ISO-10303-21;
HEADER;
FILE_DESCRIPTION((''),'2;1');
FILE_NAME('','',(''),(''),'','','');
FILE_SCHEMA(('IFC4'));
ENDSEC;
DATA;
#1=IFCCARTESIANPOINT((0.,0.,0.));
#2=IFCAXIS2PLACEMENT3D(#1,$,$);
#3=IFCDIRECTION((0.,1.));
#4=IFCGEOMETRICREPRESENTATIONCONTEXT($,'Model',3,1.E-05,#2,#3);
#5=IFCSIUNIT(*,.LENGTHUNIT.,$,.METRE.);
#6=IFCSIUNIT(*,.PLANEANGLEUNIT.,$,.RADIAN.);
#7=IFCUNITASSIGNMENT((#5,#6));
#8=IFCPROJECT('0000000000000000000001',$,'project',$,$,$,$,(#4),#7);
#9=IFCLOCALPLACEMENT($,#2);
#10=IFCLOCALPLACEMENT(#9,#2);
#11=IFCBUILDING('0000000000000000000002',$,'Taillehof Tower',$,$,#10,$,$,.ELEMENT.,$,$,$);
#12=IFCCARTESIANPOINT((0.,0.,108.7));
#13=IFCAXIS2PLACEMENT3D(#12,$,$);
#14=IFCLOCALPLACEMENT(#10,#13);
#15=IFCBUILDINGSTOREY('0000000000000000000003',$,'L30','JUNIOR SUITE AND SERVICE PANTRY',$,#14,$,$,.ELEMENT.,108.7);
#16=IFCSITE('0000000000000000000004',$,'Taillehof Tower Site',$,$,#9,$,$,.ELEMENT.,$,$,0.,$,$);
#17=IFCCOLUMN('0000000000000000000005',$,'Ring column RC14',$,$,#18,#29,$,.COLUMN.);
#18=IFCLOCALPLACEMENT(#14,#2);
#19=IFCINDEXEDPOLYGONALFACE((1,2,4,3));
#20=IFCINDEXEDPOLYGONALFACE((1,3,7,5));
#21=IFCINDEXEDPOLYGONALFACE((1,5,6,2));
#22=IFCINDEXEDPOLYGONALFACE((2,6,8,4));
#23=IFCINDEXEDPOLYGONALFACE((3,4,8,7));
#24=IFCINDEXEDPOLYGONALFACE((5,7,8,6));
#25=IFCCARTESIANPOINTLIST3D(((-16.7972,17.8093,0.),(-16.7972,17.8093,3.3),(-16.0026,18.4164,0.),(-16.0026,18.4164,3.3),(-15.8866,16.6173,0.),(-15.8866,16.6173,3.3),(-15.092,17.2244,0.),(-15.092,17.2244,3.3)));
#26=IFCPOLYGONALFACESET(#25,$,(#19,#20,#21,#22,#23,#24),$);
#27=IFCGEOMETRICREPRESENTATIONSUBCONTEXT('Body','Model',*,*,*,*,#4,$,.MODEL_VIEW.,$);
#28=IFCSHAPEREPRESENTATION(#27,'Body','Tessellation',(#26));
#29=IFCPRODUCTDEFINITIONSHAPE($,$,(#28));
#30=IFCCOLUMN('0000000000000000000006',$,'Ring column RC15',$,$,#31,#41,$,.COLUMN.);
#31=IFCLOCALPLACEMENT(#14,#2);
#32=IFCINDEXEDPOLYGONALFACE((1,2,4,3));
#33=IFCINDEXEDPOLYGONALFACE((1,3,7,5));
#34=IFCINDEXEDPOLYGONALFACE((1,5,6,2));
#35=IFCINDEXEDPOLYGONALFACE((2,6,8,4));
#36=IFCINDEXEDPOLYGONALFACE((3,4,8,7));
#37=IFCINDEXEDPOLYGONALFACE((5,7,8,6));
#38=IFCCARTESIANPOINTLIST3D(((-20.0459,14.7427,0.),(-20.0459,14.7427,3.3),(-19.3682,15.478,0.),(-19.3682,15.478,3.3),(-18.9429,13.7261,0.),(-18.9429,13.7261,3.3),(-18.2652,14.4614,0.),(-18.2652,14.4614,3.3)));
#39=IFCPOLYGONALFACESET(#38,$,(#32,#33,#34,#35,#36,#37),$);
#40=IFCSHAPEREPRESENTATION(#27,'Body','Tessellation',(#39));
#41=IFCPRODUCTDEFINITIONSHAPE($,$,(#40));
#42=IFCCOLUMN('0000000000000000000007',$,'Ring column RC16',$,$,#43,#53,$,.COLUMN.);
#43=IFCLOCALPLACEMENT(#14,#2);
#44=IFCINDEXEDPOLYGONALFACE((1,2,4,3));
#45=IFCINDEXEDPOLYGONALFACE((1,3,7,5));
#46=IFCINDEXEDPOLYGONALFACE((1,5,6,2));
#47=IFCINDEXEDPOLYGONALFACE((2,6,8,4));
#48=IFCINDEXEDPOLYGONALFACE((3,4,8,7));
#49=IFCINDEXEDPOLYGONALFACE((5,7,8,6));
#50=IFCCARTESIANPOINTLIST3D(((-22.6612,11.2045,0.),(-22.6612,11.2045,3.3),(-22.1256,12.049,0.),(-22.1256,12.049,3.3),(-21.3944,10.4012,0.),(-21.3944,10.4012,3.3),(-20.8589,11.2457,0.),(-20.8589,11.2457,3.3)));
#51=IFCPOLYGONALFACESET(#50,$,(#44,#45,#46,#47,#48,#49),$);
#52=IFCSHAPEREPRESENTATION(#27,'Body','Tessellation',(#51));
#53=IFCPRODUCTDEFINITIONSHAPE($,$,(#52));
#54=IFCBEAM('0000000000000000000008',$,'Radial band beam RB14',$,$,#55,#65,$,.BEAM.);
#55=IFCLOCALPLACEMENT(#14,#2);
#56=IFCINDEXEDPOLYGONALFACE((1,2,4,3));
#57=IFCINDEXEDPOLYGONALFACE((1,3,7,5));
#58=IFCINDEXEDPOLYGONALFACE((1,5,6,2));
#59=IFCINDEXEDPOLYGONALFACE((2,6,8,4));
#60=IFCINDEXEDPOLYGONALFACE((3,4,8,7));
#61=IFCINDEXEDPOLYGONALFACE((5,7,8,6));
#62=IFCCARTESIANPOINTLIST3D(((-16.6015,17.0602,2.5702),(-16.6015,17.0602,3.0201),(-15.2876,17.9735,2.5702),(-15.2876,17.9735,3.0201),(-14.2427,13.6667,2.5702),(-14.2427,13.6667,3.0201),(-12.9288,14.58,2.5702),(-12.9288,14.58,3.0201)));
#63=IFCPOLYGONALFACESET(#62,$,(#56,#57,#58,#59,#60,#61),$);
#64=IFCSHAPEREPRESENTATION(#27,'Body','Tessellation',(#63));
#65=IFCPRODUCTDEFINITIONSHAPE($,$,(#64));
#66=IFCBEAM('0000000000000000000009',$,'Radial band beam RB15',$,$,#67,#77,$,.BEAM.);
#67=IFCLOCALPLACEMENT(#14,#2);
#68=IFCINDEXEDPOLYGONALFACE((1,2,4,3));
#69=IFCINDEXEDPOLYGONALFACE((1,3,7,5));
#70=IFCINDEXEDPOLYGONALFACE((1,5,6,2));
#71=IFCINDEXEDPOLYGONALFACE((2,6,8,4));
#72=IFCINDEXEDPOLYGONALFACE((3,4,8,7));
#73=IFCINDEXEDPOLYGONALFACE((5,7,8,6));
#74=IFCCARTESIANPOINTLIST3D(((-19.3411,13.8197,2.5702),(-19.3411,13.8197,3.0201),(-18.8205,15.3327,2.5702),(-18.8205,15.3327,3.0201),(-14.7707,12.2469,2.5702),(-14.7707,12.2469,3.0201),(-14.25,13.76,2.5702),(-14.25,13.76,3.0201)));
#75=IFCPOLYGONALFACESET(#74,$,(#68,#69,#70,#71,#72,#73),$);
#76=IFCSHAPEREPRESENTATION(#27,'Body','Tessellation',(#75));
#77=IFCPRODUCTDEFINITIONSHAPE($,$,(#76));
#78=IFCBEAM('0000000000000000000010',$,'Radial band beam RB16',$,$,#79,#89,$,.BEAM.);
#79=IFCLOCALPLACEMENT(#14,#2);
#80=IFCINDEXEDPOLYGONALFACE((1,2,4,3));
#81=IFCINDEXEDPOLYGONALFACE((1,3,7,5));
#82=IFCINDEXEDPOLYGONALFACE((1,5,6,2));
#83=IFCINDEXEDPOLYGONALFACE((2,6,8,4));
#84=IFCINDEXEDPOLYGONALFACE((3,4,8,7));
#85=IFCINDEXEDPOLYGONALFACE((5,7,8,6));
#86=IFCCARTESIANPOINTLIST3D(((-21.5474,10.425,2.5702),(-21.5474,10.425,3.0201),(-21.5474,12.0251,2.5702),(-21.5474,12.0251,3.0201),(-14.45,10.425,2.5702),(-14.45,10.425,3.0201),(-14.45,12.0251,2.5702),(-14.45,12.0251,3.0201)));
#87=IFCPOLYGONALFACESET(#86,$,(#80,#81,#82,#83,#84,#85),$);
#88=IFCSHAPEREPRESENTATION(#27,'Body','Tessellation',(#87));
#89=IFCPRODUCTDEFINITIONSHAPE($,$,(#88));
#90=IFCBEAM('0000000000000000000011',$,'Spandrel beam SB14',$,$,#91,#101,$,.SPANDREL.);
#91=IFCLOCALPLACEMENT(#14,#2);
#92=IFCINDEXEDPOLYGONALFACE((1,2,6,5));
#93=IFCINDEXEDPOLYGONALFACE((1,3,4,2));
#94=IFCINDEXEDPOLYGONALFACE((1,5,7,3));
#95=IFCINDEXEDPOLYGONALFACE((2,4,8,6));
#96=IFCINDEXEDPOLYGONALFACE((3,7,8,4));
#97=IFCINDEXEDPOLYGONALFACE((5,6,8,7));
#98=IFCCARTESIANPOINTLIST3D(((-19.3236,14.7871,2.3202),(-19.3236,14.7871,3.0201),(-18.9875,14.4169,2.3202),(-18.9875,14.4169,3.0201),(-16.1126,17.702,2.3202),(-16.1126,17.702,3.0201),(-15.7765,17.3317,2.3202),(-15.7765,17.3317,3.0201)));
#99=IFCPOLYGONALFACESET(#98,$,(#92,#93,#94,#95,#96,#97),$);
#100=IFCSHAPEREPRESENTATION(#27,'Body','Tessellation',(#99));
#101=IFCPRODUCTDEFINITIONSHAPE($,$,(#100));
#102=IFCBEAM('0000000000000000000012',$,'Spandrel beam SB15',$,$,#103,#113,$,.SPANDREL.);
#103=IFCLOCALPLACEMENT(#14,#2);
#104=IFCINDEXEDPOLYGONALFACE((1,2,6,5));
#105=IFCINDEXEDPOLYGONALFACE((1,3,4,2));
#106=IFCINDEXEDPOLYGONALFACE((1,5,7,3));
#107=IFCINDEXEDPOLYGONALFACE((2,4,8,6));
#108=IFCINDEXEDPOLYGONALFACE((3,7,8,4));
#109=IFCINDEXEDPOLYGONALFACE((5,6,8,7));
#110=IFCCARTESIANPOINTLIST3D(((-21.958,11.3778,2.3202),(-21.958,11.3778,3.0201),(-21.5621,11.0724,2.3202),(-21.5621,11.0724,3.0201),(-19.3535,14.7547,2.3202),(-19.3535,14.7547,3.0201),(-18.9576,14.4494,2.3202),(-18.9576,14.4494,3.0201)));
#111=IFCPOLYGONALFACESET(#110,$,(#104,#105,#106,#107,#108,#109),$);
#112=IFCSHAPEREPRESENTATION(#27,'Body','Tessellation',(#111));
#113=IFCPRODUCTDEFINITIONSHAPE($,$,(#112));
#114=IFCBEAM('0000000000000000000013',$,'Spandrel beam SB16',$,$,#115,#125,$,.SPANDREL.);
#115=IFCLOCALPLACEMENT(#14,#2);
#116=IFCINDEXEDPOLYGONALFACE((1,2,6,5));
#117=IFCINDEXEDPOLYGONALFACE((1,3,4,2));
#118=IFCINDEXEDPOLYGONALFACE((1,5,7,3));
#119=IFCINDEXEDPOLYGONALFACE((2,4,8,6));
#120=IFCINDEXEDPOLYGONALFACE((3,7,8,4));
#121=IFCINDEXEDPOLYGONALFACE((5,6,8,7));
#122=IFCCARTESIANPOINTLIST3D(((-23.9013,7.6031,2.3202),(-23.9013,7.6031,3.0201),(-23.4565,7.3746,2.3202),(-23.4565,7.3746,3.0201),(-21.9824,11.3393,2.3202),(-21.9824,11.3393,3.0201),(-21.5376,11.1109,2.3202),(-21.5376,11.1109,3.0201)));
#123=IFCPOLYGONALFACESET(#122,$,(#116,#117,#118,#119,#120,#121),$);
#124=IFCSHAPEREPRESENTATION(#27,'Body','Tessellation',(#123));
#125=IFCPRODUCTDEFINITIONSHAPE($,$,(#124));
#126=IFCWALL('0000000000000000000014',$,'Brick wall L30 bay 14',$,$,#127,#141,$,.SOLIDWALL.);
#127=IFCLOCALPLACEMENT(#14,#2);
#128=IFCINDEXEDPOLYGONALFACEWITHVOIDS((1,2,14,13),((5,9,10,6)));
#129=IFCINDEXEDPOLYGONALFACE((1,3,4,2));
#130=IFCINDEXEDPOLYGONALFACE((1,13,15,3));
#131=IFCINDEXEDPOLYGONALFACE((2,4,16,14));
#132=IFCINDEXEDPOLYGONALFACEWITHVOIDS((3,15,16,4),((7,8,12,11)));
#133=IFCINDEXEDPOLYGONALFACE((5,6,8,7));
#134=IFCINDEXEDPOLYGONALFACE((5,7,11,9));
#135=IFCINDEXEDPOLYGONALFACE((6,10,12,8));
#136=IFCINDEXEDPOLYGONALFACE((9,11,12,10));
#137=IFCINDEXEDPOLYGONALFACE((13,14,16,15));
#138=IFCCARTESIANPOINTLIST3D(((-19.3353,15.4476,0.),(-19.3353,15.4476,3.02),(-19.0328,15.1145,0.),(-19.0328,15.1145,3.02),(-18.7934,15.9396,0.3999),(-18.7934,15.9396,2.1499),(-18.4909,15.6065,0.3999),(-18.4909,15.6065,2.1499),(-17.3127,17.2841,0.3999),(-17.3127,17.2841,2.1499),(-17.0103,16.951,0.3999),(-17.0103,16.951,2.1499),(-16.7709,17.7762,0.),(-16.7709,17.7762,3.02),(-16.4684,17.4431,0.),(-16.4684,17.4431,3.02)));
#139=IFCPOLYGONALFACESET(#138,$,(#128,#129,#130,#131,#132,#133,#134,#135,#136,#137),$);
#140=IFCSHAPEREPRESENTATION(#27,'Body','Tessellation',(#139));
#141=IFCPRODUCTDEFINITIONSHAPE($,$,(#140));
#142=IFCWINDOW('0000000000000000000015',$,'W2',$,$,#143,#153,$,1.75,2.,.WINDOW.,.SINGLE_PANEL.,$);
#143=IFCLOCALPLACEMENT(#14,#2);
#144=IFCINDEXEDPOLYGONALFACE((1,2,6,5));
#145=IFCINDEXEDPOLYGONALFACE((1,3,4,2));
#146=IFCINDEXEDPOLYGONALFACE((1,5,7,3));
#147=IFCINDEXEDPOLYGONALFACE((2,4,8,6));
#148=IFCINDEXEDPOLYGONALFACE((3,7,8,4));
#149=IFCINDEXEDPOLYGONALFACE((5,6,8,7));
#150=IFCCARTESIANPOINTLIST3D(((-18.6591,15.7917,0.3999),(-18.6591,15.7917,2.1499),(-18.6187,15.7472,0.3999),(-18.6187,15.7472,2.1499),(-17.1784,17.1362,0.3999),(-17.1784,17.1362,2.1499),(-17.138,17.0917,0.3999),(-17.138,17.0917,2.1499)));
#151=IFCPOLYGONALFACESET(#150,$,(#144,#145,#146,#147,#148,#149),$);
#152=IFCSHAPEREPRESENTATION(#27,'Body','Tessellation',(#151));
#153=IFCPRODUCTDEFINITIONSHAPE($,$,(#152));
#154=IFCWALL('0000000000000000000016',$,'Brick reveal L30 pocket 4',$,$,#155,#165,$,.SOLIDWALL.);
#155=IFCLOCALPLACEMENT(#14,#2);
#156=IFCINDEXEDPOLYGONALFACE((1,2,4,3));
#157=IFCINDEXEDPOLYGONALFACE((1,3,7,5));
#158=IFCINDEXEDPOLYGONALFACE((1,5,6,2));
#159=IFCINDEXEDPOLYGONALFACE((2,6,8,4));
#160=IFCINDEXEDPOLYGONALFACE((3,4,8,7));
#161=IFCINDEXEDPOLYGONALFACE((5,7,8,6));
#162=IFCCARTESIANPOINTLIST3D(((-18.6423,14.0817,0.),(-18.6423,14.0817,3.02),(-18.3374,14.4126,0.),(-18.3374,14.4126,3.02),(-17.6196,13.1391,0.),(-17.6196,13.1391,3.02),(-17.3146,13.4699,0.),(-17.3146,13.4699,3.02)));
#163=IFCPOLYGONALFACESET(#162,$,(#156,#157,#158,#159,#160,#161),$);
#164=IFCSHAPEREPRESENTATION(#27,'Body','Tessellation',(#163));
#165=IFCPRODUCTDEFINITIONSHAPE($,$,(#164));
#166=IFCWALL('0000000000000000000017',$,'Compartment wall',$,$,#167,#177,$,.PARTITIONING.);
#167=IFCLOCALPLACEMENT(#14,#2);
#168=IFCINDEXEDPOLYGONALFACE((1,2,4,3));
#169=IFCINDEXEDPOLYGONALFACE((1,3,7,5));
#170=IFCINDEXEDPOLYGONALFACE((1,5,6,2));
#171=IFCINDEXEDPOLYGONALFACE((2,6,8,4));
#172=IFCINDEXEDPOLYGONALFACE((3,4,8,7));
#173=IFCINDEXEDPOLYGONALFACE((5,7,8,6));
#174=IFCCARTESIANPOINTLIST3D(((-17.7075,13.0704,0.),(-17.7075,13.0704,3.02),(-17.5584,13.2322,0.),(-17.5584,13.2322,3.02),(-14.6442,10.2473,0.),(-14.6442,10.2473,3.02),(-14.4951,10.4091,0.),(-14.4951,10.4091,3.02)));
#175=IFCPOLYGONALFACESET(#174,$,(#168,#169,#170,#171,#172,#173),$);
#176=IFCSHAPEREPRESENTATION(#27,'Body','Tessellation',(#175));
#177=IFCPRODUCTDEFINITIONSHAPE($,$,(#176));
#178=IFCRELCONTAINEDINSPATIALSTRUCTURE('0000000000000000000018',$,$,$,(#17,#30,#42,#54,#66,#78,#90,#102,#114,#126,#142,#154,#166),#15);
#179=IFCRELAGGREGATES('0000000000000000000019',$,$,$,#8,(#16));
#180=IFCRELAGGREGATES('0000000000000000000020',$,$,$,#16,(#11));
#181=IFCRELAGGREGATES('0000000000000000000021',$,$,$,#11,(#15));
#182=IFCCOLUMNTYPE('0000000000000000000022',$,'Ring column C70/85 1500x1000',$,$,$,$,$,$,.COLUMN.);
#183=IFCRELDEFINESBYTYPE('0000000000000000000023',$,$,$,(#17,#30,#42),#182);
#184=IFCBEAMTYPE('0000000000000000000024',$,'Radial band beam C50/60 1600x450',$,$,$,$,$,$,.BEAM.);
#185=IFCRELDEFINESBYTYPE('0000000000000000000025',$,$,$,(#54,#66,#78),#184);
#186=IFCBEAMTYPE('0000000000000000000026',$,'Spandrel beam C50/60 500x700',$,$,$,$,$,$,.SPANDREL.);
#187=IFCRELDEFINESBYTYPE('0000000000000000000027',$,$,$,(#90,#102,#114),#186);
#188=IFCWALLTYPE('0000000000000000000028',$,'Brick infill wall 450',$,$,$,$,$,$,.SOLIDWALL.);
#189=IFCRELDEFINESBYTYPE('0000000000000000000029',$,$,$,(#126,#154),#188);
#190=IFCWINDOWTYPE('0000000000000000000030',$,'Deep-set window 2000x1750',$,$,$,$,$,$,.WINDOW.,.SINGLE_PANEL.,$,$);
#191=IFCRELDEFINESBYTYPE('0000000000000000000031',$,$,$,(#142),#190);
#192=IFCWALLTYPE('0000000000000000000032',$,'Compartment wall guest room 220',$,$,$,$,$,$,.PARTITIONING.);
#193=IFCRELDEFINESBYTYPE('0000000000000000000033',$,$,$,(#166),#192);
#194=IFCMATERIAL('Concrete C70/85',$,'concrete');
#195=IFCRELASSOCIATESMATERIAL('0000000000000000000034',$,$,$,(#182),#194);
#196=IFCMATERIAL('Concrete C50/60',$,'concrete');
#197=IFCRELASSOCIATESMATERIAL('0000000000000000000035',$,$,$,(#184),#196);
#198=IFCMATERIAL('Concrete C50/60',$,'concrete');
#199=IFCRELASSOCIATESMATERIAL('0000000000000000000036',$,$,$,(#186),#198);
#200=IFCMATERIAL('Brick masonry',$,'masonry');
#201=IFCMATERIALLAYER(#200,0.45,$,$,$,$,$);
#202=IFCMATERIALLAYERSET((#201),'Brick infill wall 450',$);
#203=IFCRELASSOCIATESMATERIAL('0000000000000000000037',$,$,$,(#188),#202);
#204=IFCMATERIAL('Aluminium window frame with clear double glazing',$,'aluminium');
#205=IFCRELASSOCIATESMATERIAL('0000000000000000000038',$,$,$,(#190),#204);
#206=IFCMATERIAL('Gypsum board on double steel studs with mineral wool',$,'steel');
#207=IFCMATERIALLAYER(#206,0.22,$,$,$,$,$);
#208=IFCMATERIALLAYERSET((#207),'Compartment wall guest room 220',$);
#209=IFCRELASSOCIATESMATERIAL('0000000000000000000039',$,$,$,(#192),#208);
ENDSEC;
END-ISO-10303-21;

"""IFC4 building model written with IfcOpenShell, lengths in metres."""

from ifc_helpers import new_model, si_unit, direction, frame, frame_2d, origin, origin_2d, place, context, subcontext, project, spatial, rectangle, extrude, material, layer, layer_set, material_profile, profile_set, type_object, element, fill, save


model = new_model("IFC4")

# Units and contexts
model_context = context("Model", 3, precision=1e-05, world=origin(), true_north=direction((0.0, 1.0)))
body_context = subcontext(model_context, "Body", "Model", "MODEL_VIEW")
ifc_project = project(units=[si_unit("LENGTHUNIT", "METRE"), si_unit("PLANEANGLEUNIT", "RADIAN")], contexts=[model_context])

# Site, building, storey
site_placement = place(None, origin())
site = spatial("IfcSite", under=ifc_project, at=site_placement, Name="Taillehof Tower Site", CompositionType="ELEMENT", RefElevation=0.0)
building_placement = place(site_placement, origin())
building = spatial("IfcBuilding", under=site, at=building_placement, Name="Taillehof Tower", CompositionType="ELEMENT")
storey_placement = place(building_placement, frame((0.0, 0.0, 108.7)))
storey = spatial("IfcBuildingStorey", under=building, at=storey_placement, Name="L30", Description="JUNIOR SUITE AND SERVICE PANTRY", CompositionType="ELEMENT", Elevation=108.7)

# Columns
ifc_material_1 = material(Name="Concrete C70/85", Category="concrete")
ifc_material_profile_1 = material_profile(ifc_material_1, rectangle(XDim=1.5, YDim=1.0, at=origin_2d()), Name="RC 1500x1000")
ifc_profile_set_1 = profile_set([ifc_material_profile_1], Name="Concrete C70/85")
column_type = type_object("IfcColumnType", Name="Ring column C70/85 1500x1000", PredefinedType="COLUMN", material=ifc_profile_set_1)
for number, where, z_axis, x_axis, name in (
    (1, (-15.9446, 17.5168, 0.0), (0.0, 0.0, 1.0), (-0.607074, 0.794645, 0.0), "Ring column RC14"),
    (2, (-19.1555, 14.6021, 0.0), (0.0, 0.0, 1.0), (-0.735332, 0.677707, 0.0), "Ring column RC15"),
    (3, (-21.76, 11.2251, 0.0), (0.0, 0.0, 1.0), (-0.844511, 0.535537, 0.0), "Ring column RC16"),
):
    element("IfcColumn", number, at=place(storey_placement, frame(where, z_axis=z_axis, x_axis=x_axis)), inside=storey, type_object=column_type, Name=name, PredefinedType="COLUMN", context=body_context, shape_type="SweptSolid", body=[
        extrude(rectangle(XDim=1.5, YDim=1.0, at=origin_2d()), origin(), (0.0, 0.0, 1.0), 3.3),
    ])

# Beams
ifc_material_2 = material(Name="Concrete C50/60", Category="concrete")
ifc_material_profile_2 = material_profile(ifc_material_2, rectangle(XDim=1.6001, YDim=0.45, at=origin_2d()), Name="RC 1600x450")
ifc_profile_set_2 = profile_set([ifc_material_profile_2], Name="Concrete C50/60")
beam_type_1 = type_object("IfcBeamType", Name="Radial band beam C50/60 1600x450", PredefinedType="BEAM", material=ifc_profile_set_2)
beam_1_placement = place(storey_placement, frame((-15.9446, 17.5168, 2.7952), z_axis=(0.570763, -0.821115, 0.0), x_axis=(0.821115, 0.570763, 0.0)))
element("IfcBeam", 4, at=beam_1_placement, inside=storey, type_object=beam_type_1, Name="Radial band beam RB14", PredefinedType="BEAM", context=body_context, shape_type="SweptSolid", body=[
    extrude(rectangle(XDim=1.6001, YDim=0.45, at=origin_2d()), origin(), (0.0, 0.0, 1.0), 4.1328),
])
beam_2_placement = place(storey_placement, frame((-19.0808, 14.5762, 2.7952), z_axis=(0.945583, -0.32538, 0.0), x_axis=(0.32538, 0.945583, 0.0)))
element("IfcBeam", 5, at=beam_2_placement, inside=storey, type_object=beam_type_1, Name="Radial band beam RB15", PredefinedType="BEAM", context=body_context, shape_type="SweptSolid", body=[
    extrude(rectangle(XDim=1.6001, YDim=0.45, at=origin_2d()), origin(), (0.0, 0.0, 1.0), 4.8335),
])
beam_3_placement = place(storey_placement, frame((-21.5474, 11.2251, 2.7952), z_axis=(1.0, 0.0, 0.0), x_axis=(0.0, 1.0, 0.0)))
element("IfcBeam", 6, at=beam_3_placement, inside=storey, type_object=beam_type_1, Name="Radial band beam RB16", PredefinedType="BEAM", context=body_context, shape_type="SweptSolid", body=[
    extrude(rectangle(XDim=1.6001, YDim=0.45, at=origin_2d()), origin(), (0.0, 0.0, 1.0), 7.0974),
])
ifc_material_3 = material(Name="Concrete C50/60", Category="concrete")
ifc_material_profile_3 = material_profile(ifc_material_3, rectangle(XDim=0.5, YDim=0.7, at=origin_2d()), Name="RC 500x700")
ifc_profile_set_3 = profile_set([ifc_material_profile_3], Name="Concrete C50/60")
beam_type_2 = type_object("IfcBeamType", Name="Spandrel beam C50/60 500x700", PredefinedType="SPANDREL", material=ifc_profile_set_3)
beam_4_placement = place(storey_placement, frame((-15.9446, 17.5168, 2.6702), z_axis=(-0.740426, -0.672137, 0.0), x_axis=(0.672137, -0.740426, 0.0)))
element("IfcBeam", 7, at=beam_4_placement, inside=storey, type_object=beam_type_2, Name="Spandrel beam SB14", PredefinedType="SPANDREL", context=body_context, shape_type="SweptSolid", body=[
    extrude(rectangle(XDim=0.5, YDim=0.7, at=origin_2d()), origin(), (0.0, 0.0, 1.0), 4.3367),
])
beam_5_placement = place(storey_placement, frame((-19.1555, 14.6021, 2.6702), z_axis=(-0.610717, -0.791849, 0.0), x_axis=(0.791849, -0.610717, 0.0)))
element("IfcBeam", 8, at=beam_5_placement, inside=storey, type_object=beam_type_2, Name="Spandrel beam SB15", PredefinedType="SPANDREL", context=body_context, shape_type="SweptSolid", body=[
    extrude(rectangle(XDim=0.5, YDim=0.7, at=origin_2d()), origin(), (0.0, 0.0, 1.0), 4.2646),
])
beam_6_placement = place(storey_placement, frame((-21.76, 11.2251, 2.6702), z_axis=(-0.456859, -0.889539, 0.0), x_axis=(0.889539, -0.456859, 0.0)))
element("IfcBeam", 9, at=beam_6_placement, inside=storey, type_object=beam_type_2, Name="Spandrel beam SB16", PredefinedType="SPANDREL", context=body_context, shape_type="SweptSolid", body=[
    extrude(rectangle(XDim=0.5, YDim=0.7, at=origin_2d()), origin(), (0.0, 0.0, 1.0), 4.2002),
])

# Wall, opening, window
ifc_material_4 = material(Name="Brick masonry", Category="masonry")
ifc_layer_1 = layer(ifc_material_4, 0.45)
ifc_layer_set_1 = layer_set([ifc_layer_1], Name="Brick infill wall 450")
wall_type_1 = type_object("IfcWallType", Name="Brick infill wall 450", PredefinedType="SOLIDWALL", material=ifc_layer_set_1)
wall_1_placement = place(storey_placement, frame((-16.6196, 17.6096, 0.0), z_axis=(0.0, 0.0, 1.0), x_axis=(-0.740329, -0.672245, 0.0)))
wall_1 = element("IfcWall", 10, at=wall_1_placement, inside=storey, type_object=wall_type_1, Name="Brick wall L30 bay 14", PredefinedType="SOLIDWALL", context=body_context, shape_type="SweptSolid", body=[
    extrude(rectangle(XDim=3.4639, YDim=0.45, at=frame_2d((1.7319, 0.0))), origin(), (0.0, 0.0, 1.0), 3.02),
])
opening_1_placement = place(wall_1_placement, frame((0.7319, 0.0, 0.3999)))
opening_1 = element("IfcOpeningElement", 11, at=opening_1_placement, cuts=wall_1, PredefinedType="OPENING", context=body_context, shape_type="SweptSolid", body=[
    extrude(rectangle(XDim=2.0, YDim=1.75, at=frame_2d((1.0, 0.875))), frame((0.0, 0.2349, 0.0), z_axis=(0.0, -1.0, 0.0), x_axis=(1.0, 0.0, 0.0)), (0.0, 0.0, 1.0), 0.47),
])
ifc_material_5 = material(Name="Aluminium window frame with clear double glazing", Category="aluminium")
window_type_1 = type_object("IfcWindowType", Name="Deep-set window 2000x1750", PartitioningType="SINGLE_PANEL", PredefinedType="WINDOW", material=ifc_material_5)
window_1_placement = place(opening_1_placement, origin())
window_1 = element("IfcWindow", 12, at=window_1_placement, inside=storey, type_object=window_type_1, Name="W2", OverallHeight=1.75, OverallWidth=2.0, PartitioningType="SINGLE_PANEL", PredefinedType="WINDOW", context=body_context, shape_type="SweptSolid", body=[
    extrude(rectangle(XDim=2.0, YDim=1.75, at=frame_2d((1.0, 0.875))), frame((0.0, 0.0349, 0.0), z_axis=(0.0, -1.0, 0.0), x_axis=(1.0, 0.0, 0.0)), (0.0, 0.0, 1.0), 0.0601),
])
fill(opening_1, window_1)

# Wall
wall_2_placement = place(storey_placement, frame((-18.4897, 14.2471, 0.0), z_axis=(0.0, 0.0, 1.0), x_axis=(0.735308, -0.677733, 0.0)))
element("IfcWall", 13, at=wall_2_placement, inside=storey, type_object=wall_type_1, Name="Brick reveal L30 pocket 4", PredefinedType="SOLIDWALL", context=body_context, shape_type="SweptSolid", body=[
    extrude(rectangle(XDim=1.3909, YDim=0.45, at=frame_2d((0.6953, 0.0))), origin(), (0.0, 0.0, 1.0), 3.02),
])

# Wall
ifc_material_6 = material(Name="Gypsum board on double steel studs with mineral wool", Category="steel")
ifc_layer_2 = layer(ifc_material_6, 0.22)
ifc_layer_set_2 = layer_set([ifc_layer_2], Name="Compartment wall guest room 220")
wall_type_2 = type_object("IfcWallType", Name="Compartment wall guest room 220", PredefinedType="PARTITIONING", material=ifc_layer_set_2)
wall_3_placement = place(storey_placement, frame((-17.6331, 13.1514, 0.0), z_axis=(0.0, 0.0, 1.0), x_axis=(0.735354, -0.677684, 0.0)))
element("IfcWall", 14, at=wall_3_placement, inside=storey, type_object=wall_type_2, Name="Compartment wall", PredefinedType="PARTITIONING", context=body_context, shape_type="SweptSolid", body=[
    extrude(rectangle(XDim=4.1658, YDim=0.22, at=frame_2d((2.083, 0.0))), origin(), (0.0, 0.0, 1.0), 3.02),
])

save(model, "model.ifc")
